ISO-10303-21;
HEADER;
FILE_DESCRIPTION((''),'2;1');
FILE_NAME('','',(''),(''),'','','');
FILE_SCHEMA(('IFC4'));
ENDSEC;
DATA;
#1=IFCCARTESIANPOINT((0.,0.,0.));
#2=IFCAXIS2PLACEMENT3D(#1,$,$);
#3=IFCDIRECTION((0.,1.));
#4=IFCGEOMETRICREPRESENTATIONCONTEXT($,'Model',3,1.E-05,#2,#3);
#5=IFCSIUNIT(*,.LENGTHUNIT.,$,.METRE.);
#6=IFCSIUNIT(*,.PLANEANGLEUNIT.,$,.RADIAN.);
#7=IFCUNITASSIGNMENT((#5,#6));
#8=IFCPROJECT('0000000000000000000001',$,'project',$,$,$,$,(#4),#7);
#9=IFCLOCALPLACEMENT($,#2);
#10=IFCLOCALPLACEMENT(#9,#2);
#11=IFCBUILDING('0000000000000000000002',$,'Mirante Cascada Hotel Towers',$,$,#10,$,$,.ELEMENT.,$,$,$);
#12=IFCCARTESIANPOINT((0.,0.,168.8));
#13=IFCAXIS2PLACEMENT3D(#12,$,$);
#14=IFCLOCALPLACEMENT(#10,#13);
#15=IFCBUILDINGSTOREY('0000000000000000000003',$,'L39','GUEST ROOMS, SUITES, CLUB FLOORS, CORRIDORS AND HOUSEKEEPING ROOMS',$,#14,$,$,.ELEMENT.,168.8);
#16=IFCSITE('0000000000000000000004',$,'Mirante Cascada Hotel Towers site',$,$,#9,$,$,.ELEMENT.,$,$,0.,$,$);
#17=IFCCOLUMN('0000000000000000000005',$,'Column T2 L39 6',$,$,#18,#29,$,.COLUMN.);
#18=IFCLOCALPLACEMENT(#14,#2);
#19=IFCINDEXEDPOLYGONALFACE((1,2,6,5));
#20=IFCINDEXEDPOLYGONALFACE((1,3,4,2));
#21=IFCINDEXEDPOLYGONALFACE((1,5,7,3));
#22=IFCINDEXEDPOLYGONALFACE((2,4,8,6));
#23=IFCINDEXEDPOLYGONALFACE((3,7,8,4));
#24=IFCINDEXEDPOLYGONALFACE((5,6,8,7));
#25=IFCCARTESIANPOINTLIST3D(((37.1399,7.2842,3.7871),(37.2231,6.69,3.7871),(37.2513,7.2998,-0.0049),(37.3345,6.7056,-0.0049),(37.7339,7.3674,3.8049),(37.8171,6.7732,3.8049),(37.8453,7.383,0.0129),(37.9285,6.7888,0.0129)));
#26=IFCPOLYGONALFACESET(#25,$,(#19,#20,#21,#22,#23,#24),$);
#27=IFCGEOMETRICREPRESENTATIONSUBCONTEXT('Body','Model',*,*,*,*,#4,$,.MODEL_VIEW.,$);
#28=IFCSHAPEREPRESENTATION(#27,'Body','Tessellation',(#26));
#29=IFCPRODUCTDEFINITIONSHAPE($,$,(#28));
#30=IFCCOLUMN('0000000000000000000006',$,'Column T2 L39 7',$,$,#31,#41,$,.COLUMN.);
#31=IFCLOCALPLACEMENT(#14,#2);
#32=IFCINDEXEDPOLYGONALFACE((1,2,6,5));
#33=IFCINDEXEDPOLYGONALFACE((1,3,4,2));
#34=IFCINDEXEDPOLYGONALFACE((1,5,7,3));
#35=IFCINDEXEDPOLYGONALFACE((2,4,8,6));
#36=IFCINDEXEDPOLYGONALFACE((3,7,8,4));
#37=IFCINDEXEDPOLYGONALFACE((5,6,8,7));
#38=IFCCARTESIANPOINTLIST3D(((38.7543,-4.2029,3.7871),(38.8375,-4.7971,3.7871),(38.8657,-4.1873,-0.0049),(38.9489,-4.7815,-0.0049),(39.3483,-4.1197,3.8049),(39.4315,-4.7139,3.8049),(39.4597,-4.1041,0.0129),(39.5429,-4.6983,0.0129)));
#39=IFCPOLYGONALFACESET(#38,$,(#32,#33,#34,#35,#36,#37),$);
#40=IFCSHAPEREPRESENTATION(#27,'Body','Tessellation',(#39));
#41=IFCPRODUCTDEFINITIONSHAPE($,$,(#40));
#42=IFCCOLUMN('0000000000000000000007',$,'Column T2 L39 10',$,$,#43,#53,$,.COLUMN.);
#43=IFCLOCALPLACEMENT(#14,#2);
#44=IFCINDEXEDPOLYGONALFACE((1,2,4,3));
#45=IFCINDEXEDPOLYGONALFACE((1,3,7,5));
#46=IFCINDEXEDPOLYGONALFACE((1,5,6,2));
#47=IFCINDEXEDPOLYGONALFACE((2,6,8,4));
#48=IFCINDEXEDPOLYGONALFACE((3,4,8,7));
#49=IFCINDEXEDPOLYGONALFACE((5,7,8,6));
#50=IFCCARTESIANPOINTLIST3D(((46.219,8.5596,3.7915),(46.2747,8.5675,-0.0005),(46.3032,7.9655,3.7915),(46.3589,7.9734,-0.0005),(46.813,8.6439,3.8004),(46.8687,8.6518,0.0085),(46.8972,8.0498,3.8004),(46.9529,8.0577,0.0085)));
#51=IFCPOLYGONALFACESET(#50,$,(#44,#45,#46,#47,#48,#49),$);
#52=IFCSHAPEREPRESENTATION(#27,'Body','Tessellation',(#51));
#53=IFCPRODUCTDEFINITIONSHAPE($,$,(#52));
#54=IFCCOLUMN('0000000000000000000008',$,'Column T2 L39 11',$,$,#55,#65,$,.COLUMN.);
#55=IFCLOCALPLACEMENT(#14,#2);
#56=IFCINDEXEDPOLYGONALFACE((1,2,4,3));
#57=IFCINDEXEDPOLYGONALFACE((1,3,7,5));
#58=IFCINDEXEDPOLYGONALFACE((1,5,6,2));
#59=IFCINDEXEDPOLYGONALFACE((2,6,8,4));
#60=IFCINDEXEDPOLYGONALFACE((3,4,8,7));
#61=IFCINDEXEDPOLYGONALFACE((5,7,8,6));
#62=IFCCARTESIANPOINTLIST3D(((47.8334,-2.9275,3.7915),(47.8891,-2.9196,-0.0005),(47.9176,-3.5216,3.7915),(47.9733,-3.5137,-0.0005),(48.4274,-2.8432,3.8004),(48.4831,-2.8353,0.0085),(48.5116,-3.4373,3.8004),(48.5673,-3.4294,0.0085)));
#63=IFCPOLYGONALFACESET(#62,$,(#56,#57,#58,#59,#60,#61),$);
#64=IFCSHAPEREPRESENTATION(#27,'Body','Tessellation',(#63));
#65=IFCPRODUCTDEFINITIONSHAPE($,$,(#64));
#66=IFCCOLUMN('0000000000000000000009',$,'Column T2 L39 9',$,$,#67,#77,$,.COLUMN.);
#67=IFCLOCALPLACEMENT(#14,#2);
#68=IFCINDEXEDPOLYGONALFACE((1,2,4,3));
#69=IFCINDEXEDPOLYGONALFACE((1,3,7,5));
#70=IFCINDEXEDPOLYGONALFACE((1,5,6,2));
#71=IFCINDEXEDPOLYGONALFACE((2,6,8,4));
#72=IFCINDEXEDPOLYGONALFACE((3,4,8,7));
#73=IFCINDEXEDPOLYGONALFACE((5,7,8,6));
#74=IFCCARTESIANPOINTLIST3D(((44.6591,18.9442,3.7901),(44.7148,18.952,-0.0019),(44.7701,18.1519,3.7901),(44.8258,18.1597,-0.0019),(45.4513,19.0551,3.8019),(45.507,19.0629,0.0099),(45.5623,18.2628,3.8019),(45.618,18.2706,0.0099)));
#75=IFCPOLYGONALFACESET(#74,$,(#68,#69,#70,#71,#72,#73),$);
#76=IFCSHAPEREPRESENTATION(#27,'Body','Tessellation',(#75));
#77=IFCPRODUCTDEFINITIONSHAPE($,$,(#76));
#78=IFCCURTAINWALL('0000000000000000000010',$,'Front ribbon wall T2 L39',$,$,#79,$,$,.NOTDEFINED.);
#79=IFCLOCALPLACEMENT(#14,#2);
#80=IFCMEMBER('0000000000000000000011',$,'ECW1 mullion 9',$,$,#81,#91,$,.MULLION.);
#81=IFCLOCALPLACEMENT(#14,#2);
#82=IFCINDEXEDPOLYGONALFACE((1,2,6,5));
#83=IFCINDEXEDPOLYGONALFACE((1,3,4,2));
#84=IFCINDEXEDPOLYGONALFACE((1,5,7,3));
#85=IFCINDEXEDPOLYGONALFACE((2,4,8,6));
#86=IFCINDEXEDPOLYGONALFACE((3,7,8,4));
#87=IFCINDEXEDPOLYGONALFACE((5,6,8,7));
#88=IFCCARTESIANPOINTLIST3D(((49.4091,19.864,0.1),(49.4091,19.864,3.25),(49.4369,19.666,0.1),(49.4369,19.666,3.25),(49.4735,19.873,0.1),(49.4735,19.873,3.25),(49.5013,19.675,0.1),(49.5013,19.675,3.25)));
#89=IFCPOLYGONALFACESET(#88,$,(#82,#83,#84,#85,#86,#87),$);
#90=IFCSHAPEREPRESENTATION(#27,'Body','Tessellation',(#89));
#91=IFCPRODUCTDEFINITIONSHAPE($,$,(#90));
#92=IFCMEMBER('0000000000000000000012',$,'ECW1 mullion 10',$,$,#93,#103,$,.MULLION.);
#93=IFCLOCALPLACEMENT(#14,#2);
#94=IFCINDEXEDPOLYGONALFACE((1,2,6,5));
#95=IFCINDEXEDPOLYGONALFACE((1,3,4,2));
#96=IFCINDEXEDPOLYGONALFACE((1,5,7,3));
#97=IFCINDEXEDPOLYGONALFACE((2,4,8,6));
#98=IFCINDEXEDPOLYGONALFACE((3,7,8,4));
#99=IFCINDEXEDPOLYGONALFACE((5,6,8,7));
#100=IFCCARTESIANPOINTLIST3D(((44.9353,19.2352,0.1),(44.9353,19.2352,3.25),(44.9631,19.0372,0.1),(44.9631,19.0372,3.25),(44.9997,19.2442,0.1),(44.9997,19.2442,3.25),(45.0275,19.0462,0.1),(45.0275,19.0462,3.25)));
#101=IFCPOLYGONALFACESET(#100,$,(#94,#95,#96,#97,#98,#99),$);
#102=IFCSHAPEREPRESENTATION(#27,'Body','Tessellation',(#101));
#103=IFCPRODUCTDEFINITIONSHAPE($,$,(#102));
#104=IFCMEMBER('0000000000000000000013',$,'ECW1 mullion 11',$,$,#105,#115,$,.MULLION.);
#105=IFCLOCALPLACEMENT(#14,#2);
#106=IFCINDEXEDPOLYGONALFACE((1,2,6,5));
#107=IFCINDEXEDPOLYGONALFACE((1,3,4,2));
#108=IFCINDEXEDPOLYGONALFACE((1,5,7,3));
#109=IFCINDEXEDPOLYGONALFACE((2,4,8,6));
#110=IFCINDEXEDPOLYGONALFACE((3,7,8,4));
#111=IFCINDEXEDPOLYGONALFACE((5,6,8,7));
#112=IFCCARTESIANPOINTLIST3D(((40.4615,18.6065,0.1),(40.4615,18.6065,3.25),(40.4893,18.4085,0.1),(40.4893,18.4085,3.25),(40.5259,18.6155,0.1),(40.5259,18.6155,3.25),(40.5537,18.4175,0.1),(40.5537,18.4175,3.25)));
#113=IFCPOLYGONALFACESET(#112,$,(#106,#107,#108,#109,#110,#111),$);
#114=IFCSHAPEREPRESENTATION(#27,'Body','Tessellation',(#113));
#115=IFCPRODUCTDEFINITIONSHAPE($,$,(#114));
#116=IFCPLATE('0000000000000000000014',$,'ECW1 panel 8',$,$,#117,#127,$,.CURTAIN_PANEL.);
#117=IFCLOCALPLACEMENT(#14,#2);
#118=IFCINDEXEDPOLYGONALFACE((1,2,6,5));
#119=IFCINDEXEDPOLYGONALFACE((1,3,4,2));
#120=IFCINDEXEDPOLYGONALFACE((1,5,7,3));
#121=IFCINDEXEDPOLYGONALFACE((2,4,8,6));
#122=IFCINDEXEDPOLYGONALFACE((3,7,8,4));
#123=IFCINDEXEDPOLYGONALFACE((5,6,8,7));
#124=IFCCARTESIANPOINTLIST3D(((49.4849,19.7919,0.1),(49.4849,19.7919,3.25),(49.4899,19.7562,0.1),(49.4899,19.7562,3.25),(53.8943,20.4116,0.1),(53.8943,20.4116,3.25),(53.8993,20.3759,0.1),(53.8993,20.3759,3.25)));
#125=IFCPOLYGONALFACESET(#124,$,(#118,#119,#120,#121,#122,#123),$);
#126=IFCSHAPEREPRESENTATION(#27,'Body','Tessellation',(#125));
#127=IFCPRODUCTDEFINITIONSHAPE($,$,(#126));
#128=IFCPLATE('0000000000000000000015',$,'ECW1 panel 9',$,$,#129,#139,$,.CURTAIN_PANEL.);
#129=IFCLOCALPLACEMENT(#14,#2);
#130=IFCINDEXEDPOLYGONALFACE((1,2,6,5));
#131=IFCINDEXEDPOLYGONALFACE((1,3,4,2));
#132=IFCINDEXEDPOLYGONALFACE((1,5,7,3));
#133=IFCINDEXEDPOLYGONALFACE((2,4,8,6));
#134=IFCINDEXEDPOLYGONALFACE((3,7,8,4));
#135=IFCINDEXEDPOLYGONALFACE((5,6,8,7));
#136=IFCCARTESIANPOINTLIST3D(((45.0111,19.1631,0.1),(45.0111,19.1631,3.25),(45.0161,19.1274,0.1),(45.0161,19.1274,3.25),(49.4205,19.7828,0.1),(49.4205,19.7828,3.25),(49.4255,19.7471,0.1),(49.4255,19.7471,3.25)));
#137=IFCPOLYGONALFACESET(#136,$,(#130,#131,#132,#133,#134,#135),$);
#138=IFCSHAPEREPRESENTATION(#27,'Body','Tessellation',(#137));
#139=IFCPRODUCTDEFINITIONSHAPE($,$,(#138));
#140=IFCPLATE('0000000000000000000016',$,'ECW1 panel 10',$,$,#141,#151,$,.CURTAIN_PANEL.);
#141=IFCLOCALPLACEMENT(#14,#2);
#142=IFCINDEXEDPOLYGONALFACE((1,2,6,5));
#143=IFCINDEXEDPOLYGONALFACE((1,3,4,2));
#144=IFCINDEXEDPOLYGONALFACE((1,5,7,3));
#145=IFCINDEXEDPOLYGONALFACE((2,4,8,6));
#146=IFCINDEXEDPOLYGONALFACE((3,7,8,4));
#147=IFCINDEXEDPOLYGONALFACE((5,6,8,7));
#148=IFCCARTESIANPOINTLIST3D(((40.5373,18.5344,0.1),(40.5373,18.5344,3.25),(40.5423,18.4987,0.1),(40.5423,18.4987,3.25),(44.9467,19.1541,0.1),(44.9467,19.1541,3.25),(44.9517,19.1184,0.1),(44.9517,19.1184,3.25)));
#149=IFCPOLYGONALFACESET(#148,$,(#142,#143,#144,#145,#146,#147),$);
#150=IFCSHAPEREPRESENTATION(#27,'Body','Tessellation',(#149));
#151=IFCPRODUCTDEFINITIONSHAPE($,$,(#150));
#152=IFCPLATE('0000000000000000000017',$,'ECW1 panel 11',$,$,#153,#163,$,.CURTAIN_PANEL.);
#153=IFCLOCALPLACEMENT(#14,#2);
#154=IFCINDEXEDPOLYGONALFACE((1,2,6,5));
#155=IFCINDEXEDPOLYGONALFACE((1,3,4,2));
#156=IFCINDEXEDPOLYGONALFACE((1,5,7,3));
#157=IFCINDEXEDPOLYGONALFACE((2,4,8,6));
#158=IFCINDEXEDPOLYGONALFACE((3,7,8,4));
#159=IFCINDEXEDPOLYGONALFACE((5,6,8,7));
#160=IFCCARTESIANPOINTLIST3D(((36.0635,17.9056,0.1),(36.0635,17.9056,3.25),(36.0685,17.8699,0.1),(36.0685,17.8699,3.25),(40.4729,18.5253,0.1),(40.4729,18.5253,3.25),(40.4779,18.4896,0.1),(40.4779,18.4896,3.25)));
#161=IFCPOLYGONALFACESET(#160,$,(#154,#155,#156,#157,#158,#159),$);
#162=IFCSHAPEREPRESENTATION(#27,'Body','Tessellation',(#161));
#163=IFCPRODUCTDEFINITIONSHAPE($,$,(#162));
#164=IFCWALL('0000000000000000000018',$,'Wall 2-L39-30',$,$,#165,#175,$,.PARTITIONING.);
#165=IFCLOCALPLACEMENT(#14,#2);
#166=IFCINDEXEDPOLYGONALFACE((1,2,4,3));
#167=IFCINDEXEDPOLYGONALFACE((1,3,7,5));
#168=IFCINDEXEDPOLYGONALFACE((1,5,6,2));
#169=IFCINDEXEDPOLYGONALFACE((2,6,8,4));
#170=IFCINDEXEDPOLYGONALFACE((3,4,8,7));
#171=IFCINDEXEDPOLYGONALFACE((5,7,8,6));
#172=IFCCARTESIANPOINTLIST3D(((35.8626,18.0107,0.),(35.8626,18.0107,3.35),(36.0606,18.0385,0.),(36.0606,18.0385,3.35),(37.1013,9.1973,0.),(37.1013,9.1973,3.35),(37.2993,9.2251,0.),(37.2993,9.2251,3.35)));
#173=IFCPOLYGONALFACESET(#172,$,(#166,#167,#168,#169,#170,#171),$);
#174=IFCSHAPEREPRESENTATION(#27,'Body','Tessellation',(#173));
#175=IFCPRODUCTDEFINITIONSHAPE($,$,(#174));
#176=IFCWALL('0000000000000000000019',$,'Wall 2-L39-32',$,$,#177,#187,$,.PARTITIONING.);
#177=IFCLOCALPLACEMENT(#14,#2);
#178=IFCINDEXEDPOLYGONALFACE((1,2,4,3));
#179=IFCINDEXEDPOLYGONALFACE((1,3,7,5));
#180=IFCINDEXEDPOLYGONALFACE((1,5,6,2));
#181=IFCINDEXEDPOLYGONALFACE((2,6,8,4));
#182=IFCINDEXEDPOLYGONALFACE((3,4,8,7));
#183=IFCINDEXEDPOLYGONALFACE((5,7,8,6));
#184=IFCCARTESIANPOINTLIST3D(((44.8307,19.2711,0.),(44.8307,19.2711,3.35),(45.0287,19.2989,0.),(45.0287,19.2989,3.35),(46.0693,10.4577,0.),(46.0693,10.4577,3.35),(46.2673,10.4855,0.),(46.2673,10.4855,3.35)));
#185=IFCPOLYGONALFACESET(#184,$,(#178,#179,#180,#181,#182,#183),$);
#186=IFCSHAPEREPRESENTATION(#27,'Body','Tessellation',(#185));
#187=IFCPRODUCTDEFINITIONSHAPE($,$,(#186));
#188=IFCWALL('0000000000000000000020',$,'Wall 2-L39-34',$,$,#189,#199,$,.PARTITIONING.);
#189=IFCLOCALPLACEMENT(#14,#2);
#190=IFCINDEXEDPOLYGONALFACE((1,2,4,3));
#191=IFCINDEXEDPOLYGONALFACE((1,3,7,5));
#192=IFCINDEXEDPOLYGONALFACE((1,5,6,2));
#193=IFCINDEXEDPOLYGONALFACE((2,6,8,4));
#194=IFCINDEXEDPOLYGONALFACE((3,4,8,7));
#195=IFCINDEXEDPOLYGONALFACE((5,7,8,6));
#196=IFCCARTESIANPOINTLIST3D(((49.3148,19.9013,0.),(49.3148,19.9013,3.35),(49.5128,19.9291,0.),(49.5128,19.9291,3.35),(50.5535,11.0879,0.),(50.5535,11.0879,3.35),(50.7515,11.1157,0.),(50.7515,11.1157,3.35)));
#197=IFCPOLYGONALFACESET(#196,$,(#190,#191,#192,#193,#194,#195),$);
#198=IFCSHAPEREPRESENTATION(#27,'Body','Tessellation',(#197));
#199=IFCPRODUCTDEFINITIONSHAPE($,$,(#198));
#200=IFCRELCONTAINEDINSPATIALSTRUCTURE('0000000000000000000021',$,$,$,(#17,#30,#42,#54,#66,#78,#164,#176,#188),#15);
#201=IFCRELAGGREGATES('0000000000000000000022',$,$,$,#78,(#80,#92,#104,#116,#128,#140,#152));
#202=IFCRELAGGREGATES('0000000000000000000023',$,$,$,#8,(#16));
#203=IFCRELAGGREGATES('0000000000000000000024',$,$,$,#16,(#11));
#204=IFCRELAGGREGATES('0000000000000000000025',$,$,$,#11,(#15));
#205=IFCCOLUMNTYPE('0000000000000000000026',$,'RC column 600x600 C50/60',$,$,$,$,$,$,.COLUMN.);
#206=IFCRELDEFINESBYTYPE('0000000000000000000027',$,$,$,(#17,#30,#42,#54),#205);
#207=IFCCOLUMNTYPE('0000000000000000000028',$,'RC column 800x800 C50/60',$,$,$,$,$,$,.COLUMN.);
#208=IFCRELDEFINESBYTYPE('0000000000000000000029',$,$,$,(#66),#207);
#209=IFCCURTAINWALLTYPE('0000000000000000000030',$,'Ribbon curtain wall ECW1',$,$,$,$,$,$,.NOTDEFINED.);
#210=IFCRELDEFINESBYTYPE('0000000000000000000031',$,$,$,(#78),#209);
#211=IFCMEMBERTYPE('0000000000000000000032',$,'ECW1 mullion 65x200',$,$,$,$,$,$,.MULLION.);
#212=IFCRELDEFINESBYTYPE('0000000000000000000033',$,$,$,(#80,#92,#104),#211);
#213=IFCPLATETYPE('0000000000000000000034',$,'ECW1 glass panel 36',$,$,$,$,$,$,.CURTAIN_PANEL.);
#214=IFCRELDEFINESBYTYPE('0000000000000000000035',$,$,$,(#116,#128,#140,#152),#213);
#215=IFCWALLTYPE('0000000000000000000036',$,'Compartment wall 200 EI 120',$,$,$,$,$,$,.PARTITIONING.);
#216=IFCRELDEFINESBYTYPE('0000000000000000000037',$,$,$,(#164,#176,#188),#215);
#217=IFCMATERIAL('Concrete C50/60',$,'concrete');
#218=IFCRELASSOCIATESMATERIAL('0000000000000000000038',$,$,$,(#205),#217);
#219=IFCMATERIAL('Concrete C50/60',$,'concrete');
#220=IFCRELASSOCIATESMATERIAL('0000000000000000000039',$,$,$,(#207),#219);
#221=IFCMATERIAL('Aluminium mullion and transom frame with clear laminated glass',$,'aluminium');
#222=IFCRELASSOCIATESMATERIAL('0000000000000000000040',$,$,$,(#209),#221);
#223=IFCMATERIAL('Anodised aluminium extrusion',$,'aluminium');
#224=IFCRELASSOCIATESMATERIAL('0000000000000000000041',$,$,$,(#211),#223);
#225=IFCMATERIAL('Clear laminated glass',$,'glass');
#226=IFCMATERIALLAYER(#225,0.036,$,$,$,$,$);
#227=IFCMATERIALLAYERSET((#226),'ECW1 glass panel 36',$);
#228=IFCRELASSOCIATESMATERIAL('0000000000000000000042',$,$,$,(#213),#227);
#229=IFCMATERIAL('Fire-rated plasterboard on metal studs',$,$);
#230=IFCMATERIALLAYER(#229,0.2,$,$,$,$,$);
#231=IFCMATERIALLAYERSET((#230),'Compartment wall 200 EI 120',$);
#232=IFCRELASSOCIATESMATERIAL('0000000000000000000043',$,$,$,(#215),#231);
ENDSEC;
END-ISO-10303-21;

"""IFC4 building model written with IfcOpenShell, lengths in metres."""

from ifc_helpers import new_model, si_unit, direction, frame, frame_2d, origin, origin_2d, place, context, subcontext, project, spatial, rectangle, extrude, material, layer, layer_set, material_profile, profile_set, type_object, element, aggregate, save


model = new_model("IFC4")

# Units and contexts
model_context = context("Model", 3, precision=1e-05, world=origin(), true_north=direction((0.0, 1.0)))
body_context = subcontext(model_context, "Body", "Model", "MODEL_VIEW")
ifc_project = project(units=[si_unit("LENGTHUNIT", "METRE"), si_unit("PLANEANGLEUNIT", "RADIAN")], contexts=[model_context])

# Site, building, storey
site_placement = place(None, origin())
site = spatial("IfcSite", under=ifc_project, at=site_placement, Name="Mirante Cascada Hotel Towers site", CompositionType="ELEMENT", RefElevation=0.0)
building_placement = place(site_placement, origin())
building = spatial("IfcBuilding", under=site, at=building_placement, Name="Mirante Cascada Hotel Towers", CompositionType="ELEMENT")
storey_placement = place(building_placement, frame((0.0, 0.0, 168.8)))
storey = spatial("IfcBuildingStorey", under=building, at=storey_placement, Name="L39", Description="GUEST ROOMS, SUITES, CLUB FLOORS, CORRIDORS AND HOUSEKEEPING ROOMS", CompositionType="ELEMENT", Elevation=168.8)

# Columns
ifc_material_1 = material(Name="Concrete C50/60", Category="concrete")
ifc_material_profile_1 = material_profile(ifc_material_1, rectangle(XDim=0.6, YDim=0.6, at=origin_2d()), Name="RC column 600x600 C50/60")
ifc_profile_set_1 = profile_set([ifc_material_profile_1], Name="Concrete C50/60")
column_type_1 = type_object("IfcColumnType", Name="RC column 600x600 C50/60", PredefinedType="COLUMN", material=ifc_profile_set_1)
for number, where, z_axis, x_axis, name in (
    (1, (37.5899, 7.0443, 0.004), (-0.029365, -0.004112, 0.99956), (0.138683, -0.990337, 0.0), "Column T2 L39 6"),
    (2, (39.2043, -4.4428, 0.004), (-0.029365, -0.004112, 0.99956), (0.138683, -0.990337, 0.0), "Column T2 L39 7"),
):
    element("IfcColumn", number, at=place(storey_placement, frame(where, z_axis=z_axis, x_axis=x_axis)), inside=storey, type_object=column_type_1, Name=name, PredefinedType="COLUMN", context=body_context, shape_type="SweptSolid", body=[
        extrude(rectangle(XDim=0.6, YDim=0.6, at=origin_2d()), origin(), (0.0, 0.0, 1.0), 3.7937),
    ])
for number, where, z_axis, x_axis, name in (
    (3, (46.6138, 8.3126, 0.004), (-0.014687, -0.002083, 0.99989), (0.140426, -0.990091, 0.0), "Column T2 L39 10"),
    (4, (48.2282, -3.1745, 0.004), (-0.014687, -0.002083, 0.99989), (0.140426, -0.990091, 0.0), "Column T2 L39 11"),
):
    element("IfcColumn", number, at=place(storey_placement, frame(where, z_axis=z_axis, x_axis=x_axis)), inside=storey, type_object=column_type_1, Name=name, PredefinedType="COLUMN", context=body_context, shape_type="SweptSolid", body=[
        extrude(rectangle(XDim=0.6, YDim=0.6, at=origin_2d()), origin(), (0.0, 0.0, 1.0), 3.7924),
    ])
ifc_material_2 = material(Name="Concrete C50/60", Category="concrete")
ifc_material_profile_2 = material_profile(ifc_material_2, rectangle(XDim=0.8, YDim=0.8, at=origin_2d()), Name="RC column 800x800 C50/60")
ifc_profile_set_2 = profile_set([ifc_material_profile_2], Name="Concrete C50/60")
column_type_2 = type_object("IfcColumnType", Name="RC column 800x800 C50/60", PredefinedType="COLUMN", material=ifc_profile_set_2)
column_placement = place(storey_placement, frame((45.1664, 18.6113, 0.004), z_axis=(-0.014687, -0.002057, 0.99989), x_axis=(0.138683, -0.990337, 0.0)))
element("IfcColumn", 5, at=column_placement, inside=storey, type_object=column_type_2, Name="Column T2 L39 9", PredefinedType="COLUMN", context=body_context, shape_type="SweptSolid", body=[
    extrude(rectangle(XDim=0.8, YDim=0.8, at=origin_2d()), origin(), (0.0, 0.0, 1.0), 3.7924),
])

# Curtain wall, members, plates
ifc_material_3 = material(Name="Aluminium mullion and transom frame with clear laminated glass", Category="aluminium")
curtain_wall_type = type_object("IfcCurtainWallType", Name="Ribbon curtain wall ECW1", PredefinedType="NOTDEFINED", material=ifc_material_3)
curtain_wall_placement = place(storey_placement, origin())
curtain_wall = element("IfcCurtainWall", 6, at=curtain_wall_placement, inside=storey, type_object=curtain_wall_type, Name="Front ribbon wall T2 L39", PredefinedType="NOTDEFINED")
ifc_material_4 = material(Name="Anodised aluminium extrusion", Category="aluminium")
ifc_material_profile_3 = material_profile(ifc_material_4, rectangle(XDim=0.2, YDim=0.065, at=origin_2d()), Name="ECW1 MULLION 65x200")
ifc_profile_set_3 = profile_set([ifc_material_profile_3], Name="Anodised aluminium extrusion")
member_type = type_object("IfcMemberType", Name="ECW1 mullion 65x200", PredefinedType="MULLION", material=ifc_profile_set_3)
member_1_placement = place(storey_placement, frame((49.4552, 19.7695, 0.1), z_axis=(0.0, 0.0, 1.0), x_axis=(0.139173, -0.990268, 0.0)))
member_1 = element("IfcMember", 7, at=member_1_placement, type_object=member_type, Name="ECW1 mullion 9", PredefinedType="MULLION", context=body_context, shape_type="SweptSolid", body=[
    extrude(rectangle(XDim=0.2, YDim=0.065, at=origin_2d()), origin(), (0.0, 0.0, 1.0), 3.15),
])
member_2_placement = place(storey_placement, frame((44.9814, 19.1407, 0.1), z_axis=(0.0, 0.0, 1.0), x_axis=(0.139173, -0.990268, 0.0)))
member_2 = element("IfcMember", 8, at=member_2_placement, type_object=member_type, Name="ECW1 mullion 10", PredefinedType="MULLION", context=body_context, shape_type="SweptSolid", body=[
    extrude(rectangle(XDim=0.2, YDim=0.065, at=origin_2d()), origin(), (0.0, 0.0, 1.0), 3.15),
])
member_3_placement = place(storey_placement, frame((40.5076, 18.512, 0.1), z_axis=(0.0, 0.0, 1.0), x_axis=(0.139173, -0.990268, 0.0)))
member_3 = element("IfcMember", 9, at=member_3_placement, type_object=member_type, Name="ECW1 mullion 11", PredefinedType="MULLION", context=body_context, shape_type="SweptSolid", body=[
    extrude(rectangle(XDim=0.2, YDim=0.065, at=origin_2d()), origin(), (0.0, 0.0, 1.0), 3.15),
])
ifc_material_5 = material(Name="Clear laminated glass", Category="glass")
ifc_layer_1 = layer(ifc_material_5, 0.036)
ifc_layer_set_1 = layer_set([ifc_layer_1], Name="ECW1 glass panel 36")
plate_type = type_object("IfcPlateType", Name="ECW1 glass panel 36", PredefinedType="CURTAIN_PANEL", material=ifc_layer_set_1)
plate_1_placement = place(storey_placement, frame((51.6921, 20.0839, 0.1), z_axis=(0.0, 0.0, 1.0), x_axis=(-0.990268, -0.139173, 0.0)))
plate_1 = element("IfcPlate", 10, at=plate_1_placement, type_object=plate_type, Name="ECW1 panel 8", PredefinedType="CURTAIN_PANEL", context=body_context, shape_type="SweptSolid", body=[
    extrude(rectangle(XDim=4.4528, YDim=0.036, at=origin_2d()), origin(), (0.0, 0.0, 1.0), 3.15),
])
plate_2_placement = place(storey_placement, frame((47.2183, 19.4551, 0.1), z_axis=(0.0, 0.0, 1.0), x_axis=(-0.990268, -0.139173, 0.0)))
plate_2 = element("IfcPlate", 11, at=plate_2_placement, type_object=plate_type, Name="ECW1 panel 9", PredefinedType="CURTAIN_PANEL", context=body_context, shape_type="SweptSolid", body=[
    extrude(rectangle(XDim=4.4528, YDim=0.036, at=origin_2d()), origin(), (0.0, 0.0, 1.0), 3.15),
])
plate_3_placement = place(storey_placement, frame((42.7445, 18.8264, 0.1), z_axis=(0.0, 0.0, 1.0), x_axis=(-0.990268, -0.139173, 0.0)))
plate_3 = element("IfcPlate", 12, at=plate_3_placement, type_object=plate_type, Name="ECW1 panel 10", PredefinedType="CURTAIN_PANEL", context=body_context, shape_type="SweptSolid", body=[
    extrude(rectangle(XDim=4.4528, YDim=0.036, at=origin_2d()), origin(), (0.0, 0.0, 1.0), 3.15),
])
plate_4_placement = place(storey_placement, frame((38.2707, 18.1976, 0.1), z_axis=(0.0, 0.0, 1.0), x_axis=(-0.990268, -0.139173, 0.0)))
plate_4 = element("IfcPlate", 13, at=plate_4_placement, type_object=plate_type, Name="ECW1 panel 11", PredefinedType="CURTAIN_PANEL", context=body_context, shape_type="SweptSolid", body=[
    extrude(rectangle(XDim=4.4528, YDim=0.036, at=origin_2d()), origin(), (0.0, 0.0, 1.0), 3.15),
])
aggregate(curtain_wall, [member_1, member_2, member_3, plate_1, plate_2, plate_3, plate_4])

# Walls
ifc_material_6 = material(Name="Fire-rated plasterboard on metal studs")
ifc_layer_2 = layer(ifc_material_6, 0.2)
ifc_layer_set_2 = layer_set([ifc_layer_2], Name="Compartment wall 200 EI 120")
wall_type_1 = type_object("IfcWallType", Name="Compartment wall 200 EI 120", PredefinedType="PARTITIONING", material=ifc_layer_set_2)
for number, where, z_axis, x_axis, name in (
    (14, (37.2003, 9.2112, 0.0), (0.0, 0.0, 1.0), (-0.139179, 0.990267, 0.0), "Wall 2-L39-30"),
    (15, (46.1683, 10.4716, 0.0), (0.0, 0.0, 1.0), (-0.139168, 0.990269, 0.0), "Wall 2-L39-32"),
    (16, (50.6525, 11.1018, 0.0), (0.0, 0.0, 1.0), (-0.139179, 0.990267, 0.0), "Wall 2-L39-34"),
):
    element("IfcWall", number, at=place(storey_placement, frame(where, z_axis=z_axis, x_axis=x_axis)), inside=storey, type_object=wall_type_1, Name=name, PredefinedType="PARTITIONING", context=body_context, shape_type="SweptSolid", body=[
        extrude(rectangle(XDim=8.9, YDim=0.2, at=frame_2d((4.45, 0.0))), origin(), (0.0, 0.0, 1.0), 3.35),
    ])

save(model, "model.ifc")
